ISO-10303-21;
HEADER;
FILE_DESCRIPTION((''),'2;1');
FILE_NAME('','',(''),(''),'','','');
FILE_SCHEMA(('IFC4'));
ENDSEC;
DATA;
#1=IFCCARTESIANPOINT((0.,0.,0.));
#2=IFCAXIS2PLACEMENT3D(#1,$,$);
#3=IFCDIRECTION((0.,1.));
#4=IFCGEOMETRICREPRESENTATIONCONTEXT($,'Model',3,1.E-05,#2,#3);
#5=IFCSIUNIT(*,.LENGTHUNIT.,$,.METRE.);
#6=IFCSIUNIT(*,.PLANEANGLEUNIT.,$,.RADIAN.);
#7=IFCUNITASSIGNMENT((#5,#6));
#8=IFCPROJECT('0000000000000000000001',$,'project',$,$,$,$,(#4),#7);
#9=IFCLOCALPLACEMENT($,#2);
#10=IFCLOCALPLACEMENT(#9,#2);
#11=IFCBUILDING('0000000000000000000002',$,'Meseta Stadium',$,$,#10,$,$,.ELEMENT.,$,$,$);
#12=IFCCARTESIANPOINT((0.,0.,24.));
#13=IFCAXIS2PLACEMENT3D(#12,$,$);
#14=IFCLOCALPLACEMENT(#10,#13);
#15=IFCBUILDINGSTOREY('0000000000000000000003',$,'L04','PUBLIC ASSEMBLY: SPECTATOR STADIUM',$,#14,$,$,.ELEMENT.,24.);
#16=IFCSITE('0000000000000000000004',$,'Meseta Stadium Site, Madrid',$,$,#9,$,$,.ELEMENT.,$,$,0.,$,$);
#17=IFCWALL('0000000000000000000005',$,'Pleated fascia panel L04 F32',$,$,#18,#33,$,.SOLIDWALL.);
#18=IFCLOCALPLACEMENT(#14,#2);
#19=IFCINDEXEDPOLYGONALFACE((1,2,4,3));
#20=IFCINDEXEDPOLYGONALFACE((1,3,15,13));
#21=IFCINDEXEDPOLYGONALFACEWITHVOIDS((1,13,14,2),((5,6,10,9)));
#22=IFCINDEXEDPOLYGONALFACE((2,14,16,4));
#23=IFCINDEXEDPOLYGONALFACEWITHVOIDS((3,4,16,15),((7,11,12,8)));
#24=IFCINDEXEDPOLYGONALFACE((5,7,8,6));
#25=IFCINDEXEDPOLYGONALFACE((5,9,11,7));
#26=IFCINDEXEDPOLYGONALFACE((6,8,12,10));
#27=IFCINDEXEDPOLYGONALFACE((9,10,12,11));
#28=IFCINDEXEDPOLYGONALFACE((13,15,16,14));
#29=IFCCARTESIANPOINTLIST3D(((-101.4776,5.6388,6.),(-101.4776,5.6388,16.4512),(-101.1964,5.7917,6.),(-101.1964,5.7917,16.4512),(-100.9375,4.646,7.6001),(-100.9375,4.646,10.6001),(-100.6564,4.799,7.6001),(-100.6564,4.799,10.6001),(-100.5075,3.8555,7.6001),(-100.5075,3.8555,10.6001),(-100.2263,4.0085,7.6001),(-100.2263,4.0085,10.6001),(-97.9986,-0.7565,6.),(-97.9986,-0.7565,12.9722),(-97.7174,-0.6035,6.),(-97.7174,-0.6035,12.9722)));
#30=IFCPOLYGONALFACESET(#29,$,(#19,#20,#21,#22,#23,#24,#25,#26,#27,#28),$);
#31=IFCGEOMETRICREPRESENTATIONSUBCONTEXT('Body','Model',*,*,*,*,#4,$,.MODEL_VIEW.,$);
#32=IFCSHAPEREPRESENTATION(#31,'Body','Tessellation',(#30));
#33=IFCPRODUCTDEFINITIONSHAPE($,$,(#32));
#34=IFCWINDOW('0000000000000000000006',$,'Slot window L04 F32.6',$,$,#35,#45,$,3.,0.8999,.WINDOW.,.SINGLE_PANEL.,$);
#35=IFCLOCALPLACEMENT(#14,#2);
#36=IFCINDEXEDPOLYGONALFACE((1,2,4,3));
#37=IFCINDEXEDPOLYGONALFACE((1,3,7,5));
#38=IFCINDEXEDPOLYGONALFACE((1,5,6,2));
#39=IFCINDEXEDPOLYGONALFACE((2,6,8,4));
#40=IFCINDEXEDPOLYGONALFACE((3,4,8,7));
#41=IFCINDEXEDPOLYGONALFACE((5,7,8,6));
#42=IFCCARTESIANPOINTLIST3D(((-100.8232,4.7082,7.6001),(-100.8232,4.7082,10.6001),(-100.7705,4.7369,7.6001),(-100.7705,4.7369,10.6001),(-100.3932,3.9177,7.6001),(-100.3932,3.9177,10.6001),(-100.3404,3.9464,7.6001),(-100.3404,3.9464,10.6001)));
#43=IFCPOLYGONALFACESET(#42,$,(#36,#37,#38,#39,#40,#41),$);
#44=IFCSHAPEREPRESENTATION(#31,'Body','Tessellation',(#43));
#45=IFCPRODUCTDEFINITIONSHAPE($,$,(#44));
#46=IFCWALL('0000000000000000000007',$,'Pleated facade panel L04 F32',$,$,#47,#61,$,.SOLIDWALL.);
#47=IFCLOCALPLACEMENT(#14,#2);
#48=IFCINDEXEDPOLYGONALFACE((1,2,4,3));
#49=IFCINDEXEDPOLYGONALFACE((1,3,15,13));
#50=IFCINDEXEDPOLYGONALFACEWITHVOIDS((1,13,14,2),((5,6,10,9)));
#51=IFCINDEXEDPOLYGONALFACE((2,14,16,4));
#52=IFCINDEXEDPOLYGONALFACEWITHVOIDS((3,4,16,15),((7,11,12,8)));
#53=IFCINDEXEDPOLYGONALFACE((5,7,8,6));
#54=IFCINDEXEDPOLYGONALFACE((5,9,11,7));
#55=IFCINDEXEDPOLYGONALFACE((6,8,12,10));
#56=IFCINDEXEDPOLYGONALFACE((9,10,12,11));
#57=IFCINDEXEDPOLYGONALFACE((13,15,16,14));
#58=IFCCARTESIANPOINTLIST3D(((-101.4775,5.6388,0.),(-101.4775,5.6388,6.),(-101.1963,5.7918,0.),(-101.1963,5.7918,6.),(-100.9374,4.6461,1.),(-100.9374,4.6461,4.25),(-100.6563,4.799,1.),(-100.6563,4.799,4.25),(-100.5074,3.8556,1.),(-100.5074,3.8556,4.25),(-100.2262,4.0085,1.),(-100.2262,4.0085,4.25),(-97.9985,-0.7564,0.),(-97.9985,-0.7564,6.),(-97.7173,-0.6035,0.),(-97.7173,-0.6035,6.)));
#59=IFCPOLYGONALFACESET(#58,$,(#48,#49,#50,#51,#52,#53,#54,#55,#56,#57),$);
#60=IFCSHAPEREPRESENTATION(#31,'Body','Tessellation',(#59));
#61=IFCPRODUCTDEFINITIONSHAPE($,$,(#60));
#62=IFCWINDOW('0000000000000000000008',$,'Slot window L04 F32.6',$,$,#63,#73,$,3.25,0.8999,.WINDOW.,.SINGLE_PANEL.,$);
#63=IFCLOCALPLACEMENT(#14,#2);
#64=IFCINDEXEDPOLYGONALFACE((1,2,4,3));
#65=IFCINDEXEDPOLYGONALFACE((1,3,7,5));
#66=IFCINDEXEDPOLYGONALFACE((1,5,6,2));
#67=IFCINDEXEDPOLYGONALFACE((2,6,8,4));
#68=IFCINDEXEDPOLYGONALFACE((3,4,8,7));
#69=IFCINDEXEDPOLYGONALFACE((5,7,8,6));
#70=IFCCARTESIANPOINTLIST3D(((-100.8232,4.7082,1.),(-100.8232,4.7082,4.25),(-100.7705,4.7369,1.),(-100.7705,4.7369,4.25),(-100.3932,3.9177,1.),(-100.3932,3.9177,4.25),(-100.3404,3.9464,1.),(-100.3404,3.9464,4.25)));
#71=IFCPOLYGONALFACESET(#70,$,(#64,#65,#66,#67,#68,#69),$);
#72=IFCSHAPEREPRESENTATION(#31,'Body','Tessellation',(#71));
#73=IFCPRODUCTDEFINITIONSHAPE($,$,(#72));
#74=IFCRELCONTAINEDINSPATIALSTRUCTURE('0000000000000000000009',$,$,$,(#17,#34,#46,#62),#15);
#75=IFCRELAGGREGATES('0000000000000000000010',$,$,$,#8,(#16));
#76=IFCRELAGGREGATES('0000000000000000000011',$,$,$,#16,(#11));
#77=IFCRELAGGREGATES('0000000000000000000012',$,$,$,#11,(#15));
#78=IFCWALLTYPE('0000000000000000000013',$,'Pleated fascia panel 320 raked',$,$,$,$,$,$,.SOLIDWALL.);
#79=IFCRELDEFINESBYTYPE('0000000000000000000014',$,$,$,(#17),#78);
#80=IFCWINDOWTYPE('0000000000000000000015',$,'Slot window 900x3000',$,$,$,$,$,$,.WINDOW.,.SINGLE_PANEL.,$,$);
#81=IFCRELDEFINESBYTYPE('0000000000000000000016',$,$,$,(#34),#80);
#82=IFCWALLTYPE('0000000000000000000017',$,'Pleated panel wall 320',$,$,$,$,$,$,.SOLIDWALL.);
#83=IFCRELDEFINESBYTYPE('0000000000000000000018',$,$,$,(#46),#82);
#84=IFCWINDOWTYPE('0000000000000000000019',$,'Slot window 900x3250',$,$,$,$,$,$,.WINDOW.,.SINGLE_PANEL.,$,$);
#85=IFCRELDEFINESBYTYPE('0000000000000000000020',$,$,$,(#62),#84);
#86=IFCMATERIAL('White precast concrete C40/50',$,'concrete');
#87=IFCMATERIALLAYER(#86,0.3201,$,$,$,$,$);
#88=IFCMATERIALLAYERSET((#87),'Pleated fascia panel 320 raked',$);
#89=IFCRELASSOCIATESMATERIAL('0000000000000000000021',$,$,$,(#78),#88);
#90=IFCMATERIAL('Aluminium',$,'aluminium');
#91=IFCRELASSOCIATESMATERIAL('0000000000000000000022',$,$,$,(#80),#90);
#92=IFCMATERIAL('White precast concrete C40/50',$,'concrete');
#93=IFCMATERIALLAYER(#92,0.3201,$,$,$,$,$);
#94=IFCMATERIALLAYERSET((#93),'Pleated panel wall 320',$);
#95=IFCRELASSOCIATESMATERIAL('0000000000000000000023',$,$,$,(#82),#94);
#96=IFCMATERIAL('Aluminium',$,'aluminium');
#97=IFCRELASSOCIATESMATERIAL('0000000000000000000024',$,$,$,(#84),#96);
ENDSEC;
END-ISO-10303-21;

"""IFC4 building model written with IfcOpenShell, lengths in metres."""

from ifc_helpers import new_model, si_unit, direction, frame, frame_2d, origin, place, context, subcontext, project, spatial, polyline, rectangle, outline, extrude, material, layer, layer_set, type_object, element, fill, save


model = new_model("IFC4")

# Units and contexts
model_context = context("Model", 3, precision=1e-05, world=origin(), true_north=direction((0.0, 1.0)))
body_context = subcontext(model_context, "Body", "Model", "MODEL_VIEW")
ifc_project = project(units=[si_unit("LENGTHUNIT", "METRE"), si_unit("PLANEANGLEUNIT", "RADIAN")], contexts=[model_context])

# Site, building, storey
site_placement = place(None, origin())
site = spatial("IfcSite", under=ifc_project, at=site_placement, Name="Meseta Stadium Site, Madrid", CompositionType="ELEMENT", RefElevation=0.0)
building_placement = place(site_placement, origin())
building = spatial("IfcBuilding", under=site, at=building_placement, Name="Meseta Stadium", CompositionType="ELEMENT")
storey_placement = place(building_placement, frame((0.0, 0.0, 24.0)))
storey = spatial("IfcBuildingStorey", under=building, at=storey_placement, Name="L04", Description="PUBLIC ASSEMBLY: SPECTATOR STADIUM", CompositionType="ELEMENT", Elevation=24.0)

# Walls, openings, windows
ifc_material_1 = material(Name="White precast concrete C40/50", Category="concrete")
ifc_layer_1 = layer(ifc_material_1, 0.3201)
ifc_layer_set_1 = layer_set([ifc_layer_1], Name="Pleated fascia panel 320 raked")
wall_type_1 = type_object("IfcWallType", Name="Pleated fascia panel 320 raked", PredefinedType="SOLIDWALL", material=ifc_layer_set_1)
wall_1_placement = place(storey_placement, frame((-97.8579, -0.6799, 6.0), z_axis=(0.0, 0.0, 1.0), x_axis=(-0.477865, 0.878433, 0.0)))
wall_1 = element("IfcWall", 1, at=wall_1_placement, inside=storey, type_object=wall_type_1, Name="Pleated fascia panel L04 F32", PredefinedType="SOLIDWALL", context=body_context, shape_type="SweptSolid", body=[
    extrude(outline(polyline([(0.0, 0.0), (7.2803, 0.0), (7.2803, 10.4512), (0.0, 6.9722), (0.0, 0.0)])), frame((0.0, 0.1602, 0.0), z_axis=(0.0, -1.0, 0.0), x_axis=(1.0, 0.0, 0.0)), (0.0, 0.0, 1.0), 0.3201),
])
opening_1_placement = place(wall_1_placement, frame((5.2502, 0.0, 1.6001)))
opening_1 = element("IfcOpeningElement", 2, at=opening_1_placement, cuts=wall_1, PredefinedType="OPENING", context=body_context, shape_type="SweptSolid", body=[
    extrude(rectangle(XDim=0.8999, YDim=3.0, at=frame_2d((0.45, 1.5))), frame((0.0, 0.1699, 0.0), z_axis=(0.0, -1.0, 0.0), x_axis=(1.0, 0.0, 0.0)), (0.0, 0.0, 1.0), 0.3401),
])
ifc_material_2 = material(Name="Aluminium", Category="aluminium")
window_type_1 = type_object("IfcWindowType", Name="Slot window 900x3000", PartitioningType="SINGLE_PANEL", PredefinedType="WINDOW", material=ifc_material_2)
window_1_placement = place(opening_1_placement, origin())
window_1 = element("IfcWindow", 3, at=window_1_placement, inside=storey, type_object=window_type_1, Name="Slot window L04 F32.6", OverallHeight=3.0, OverallWidth=0.8999, PartitioningType="SINGLE_PANEL", PredefinedType="WINDOW", context=body_context, shape_type="SweptSolid", body=[
    extrude(rectangle(XDim=0.8999, YDim=3.0, at=frame_2d((0.45, 1.5))), frame((0.0, 0.03, 0.0), z_axis=(0.0, -1.0, 0.0), x_axis=(1.0, 0.0, 0.0)), (0.0, 0.0, 1.0), 0.0601),
])
fill(opening_1, window_1)
ifc_material_3 = material(Name="White precast concrete C40/50", Category="concrete")
ifc_layer_2 = layer(ifc_material_3, 0.3201)
ifc_layer_set_2 = layer_set([ifc_layer_2], Name="Pleated panel wall 320")
wall_type_2 = type_object("IfcWallType", Name="Pleated panel wall 320", PredefinedType="SOLIDWALL", material=ifc_layer_set_2)
wall_2_placement = place(storey_placement, frame((-97.8579, -0.6799, 0.0), z_axis=(0.0, 0.0, 1.0), x_axis=(-0.477865, 0.878433, 0.0)))
wall_2 = element("IfcWall", 4, at=wall_2_placement, inside=storey, type_object=wall_type_2, Name="Pleated facade panel L04 F32", PredefinedType="SOLIDWALL", context=body_context, shape_type="SweptSolid", body=[
    extrude(rectangle(XDim=7.2803, YDim=0.3201, at=frame_2d((3.6401, 0.0))), origin(), (0.0, 0.0, 1.0), 6.0),
])
opening_2_placement = place(wall_2_placement, frame((5.2502, 0.0, 1.0)))
opening_2 = element("IfcOpeningElement", 5, at=opening_2_placement, cuts=wall_2, PredefinedType="OPENING", context=body_context, shape_type="SweptSolid", body=[
    extrude(rectangle(XDim=0.8999, YDim=3.25, at=frame_2d((0.45, 1.625))), frame((0.0, 0.1699, 0.0), z_axis=(0.0, -1.0, 0.0), x_axis=(1.0, 0.0, 0.0)), (0.0, 0.0, 1.0), 0.3401),
])
ifc_material_4 = material(Name="Aluminium", Category="aluminium")
window_type_2 = type_object("IfcWindowType", Name="Slot window 900x3250", PartitioningType="SINGLE_PANEL", PredefinedType="WINDOW", material=ifc_material_4)
window_2_placement = place(opening_2_placement, origin())
window_2 = element("IfcWindow", 6, at=window_2_placement, inside=storey, type_object=window_type_2, Name="Slot window L04 F32.6", OverallHeight=3.25, OverallWidth=0.8999, PartitioningType="SINGLE_PANEL", PredefinedType="WINDOW", context=body_context, shape_type="SweptSolid", body=[
    extrude(rectangle(XDim=0.8999, YDim=3.25, at=frame_2d((0.45, 1.625))), frame((0.0, 0.03, 0.0), z_axis=(0.0, -1.0, 0.0), x_axis=(1.0, 0.0, 0.0)), (0.0, 0.0, 1.0), 0.0601),
])
fill(opening_2, window_2)

save(model, "model.ifc")
